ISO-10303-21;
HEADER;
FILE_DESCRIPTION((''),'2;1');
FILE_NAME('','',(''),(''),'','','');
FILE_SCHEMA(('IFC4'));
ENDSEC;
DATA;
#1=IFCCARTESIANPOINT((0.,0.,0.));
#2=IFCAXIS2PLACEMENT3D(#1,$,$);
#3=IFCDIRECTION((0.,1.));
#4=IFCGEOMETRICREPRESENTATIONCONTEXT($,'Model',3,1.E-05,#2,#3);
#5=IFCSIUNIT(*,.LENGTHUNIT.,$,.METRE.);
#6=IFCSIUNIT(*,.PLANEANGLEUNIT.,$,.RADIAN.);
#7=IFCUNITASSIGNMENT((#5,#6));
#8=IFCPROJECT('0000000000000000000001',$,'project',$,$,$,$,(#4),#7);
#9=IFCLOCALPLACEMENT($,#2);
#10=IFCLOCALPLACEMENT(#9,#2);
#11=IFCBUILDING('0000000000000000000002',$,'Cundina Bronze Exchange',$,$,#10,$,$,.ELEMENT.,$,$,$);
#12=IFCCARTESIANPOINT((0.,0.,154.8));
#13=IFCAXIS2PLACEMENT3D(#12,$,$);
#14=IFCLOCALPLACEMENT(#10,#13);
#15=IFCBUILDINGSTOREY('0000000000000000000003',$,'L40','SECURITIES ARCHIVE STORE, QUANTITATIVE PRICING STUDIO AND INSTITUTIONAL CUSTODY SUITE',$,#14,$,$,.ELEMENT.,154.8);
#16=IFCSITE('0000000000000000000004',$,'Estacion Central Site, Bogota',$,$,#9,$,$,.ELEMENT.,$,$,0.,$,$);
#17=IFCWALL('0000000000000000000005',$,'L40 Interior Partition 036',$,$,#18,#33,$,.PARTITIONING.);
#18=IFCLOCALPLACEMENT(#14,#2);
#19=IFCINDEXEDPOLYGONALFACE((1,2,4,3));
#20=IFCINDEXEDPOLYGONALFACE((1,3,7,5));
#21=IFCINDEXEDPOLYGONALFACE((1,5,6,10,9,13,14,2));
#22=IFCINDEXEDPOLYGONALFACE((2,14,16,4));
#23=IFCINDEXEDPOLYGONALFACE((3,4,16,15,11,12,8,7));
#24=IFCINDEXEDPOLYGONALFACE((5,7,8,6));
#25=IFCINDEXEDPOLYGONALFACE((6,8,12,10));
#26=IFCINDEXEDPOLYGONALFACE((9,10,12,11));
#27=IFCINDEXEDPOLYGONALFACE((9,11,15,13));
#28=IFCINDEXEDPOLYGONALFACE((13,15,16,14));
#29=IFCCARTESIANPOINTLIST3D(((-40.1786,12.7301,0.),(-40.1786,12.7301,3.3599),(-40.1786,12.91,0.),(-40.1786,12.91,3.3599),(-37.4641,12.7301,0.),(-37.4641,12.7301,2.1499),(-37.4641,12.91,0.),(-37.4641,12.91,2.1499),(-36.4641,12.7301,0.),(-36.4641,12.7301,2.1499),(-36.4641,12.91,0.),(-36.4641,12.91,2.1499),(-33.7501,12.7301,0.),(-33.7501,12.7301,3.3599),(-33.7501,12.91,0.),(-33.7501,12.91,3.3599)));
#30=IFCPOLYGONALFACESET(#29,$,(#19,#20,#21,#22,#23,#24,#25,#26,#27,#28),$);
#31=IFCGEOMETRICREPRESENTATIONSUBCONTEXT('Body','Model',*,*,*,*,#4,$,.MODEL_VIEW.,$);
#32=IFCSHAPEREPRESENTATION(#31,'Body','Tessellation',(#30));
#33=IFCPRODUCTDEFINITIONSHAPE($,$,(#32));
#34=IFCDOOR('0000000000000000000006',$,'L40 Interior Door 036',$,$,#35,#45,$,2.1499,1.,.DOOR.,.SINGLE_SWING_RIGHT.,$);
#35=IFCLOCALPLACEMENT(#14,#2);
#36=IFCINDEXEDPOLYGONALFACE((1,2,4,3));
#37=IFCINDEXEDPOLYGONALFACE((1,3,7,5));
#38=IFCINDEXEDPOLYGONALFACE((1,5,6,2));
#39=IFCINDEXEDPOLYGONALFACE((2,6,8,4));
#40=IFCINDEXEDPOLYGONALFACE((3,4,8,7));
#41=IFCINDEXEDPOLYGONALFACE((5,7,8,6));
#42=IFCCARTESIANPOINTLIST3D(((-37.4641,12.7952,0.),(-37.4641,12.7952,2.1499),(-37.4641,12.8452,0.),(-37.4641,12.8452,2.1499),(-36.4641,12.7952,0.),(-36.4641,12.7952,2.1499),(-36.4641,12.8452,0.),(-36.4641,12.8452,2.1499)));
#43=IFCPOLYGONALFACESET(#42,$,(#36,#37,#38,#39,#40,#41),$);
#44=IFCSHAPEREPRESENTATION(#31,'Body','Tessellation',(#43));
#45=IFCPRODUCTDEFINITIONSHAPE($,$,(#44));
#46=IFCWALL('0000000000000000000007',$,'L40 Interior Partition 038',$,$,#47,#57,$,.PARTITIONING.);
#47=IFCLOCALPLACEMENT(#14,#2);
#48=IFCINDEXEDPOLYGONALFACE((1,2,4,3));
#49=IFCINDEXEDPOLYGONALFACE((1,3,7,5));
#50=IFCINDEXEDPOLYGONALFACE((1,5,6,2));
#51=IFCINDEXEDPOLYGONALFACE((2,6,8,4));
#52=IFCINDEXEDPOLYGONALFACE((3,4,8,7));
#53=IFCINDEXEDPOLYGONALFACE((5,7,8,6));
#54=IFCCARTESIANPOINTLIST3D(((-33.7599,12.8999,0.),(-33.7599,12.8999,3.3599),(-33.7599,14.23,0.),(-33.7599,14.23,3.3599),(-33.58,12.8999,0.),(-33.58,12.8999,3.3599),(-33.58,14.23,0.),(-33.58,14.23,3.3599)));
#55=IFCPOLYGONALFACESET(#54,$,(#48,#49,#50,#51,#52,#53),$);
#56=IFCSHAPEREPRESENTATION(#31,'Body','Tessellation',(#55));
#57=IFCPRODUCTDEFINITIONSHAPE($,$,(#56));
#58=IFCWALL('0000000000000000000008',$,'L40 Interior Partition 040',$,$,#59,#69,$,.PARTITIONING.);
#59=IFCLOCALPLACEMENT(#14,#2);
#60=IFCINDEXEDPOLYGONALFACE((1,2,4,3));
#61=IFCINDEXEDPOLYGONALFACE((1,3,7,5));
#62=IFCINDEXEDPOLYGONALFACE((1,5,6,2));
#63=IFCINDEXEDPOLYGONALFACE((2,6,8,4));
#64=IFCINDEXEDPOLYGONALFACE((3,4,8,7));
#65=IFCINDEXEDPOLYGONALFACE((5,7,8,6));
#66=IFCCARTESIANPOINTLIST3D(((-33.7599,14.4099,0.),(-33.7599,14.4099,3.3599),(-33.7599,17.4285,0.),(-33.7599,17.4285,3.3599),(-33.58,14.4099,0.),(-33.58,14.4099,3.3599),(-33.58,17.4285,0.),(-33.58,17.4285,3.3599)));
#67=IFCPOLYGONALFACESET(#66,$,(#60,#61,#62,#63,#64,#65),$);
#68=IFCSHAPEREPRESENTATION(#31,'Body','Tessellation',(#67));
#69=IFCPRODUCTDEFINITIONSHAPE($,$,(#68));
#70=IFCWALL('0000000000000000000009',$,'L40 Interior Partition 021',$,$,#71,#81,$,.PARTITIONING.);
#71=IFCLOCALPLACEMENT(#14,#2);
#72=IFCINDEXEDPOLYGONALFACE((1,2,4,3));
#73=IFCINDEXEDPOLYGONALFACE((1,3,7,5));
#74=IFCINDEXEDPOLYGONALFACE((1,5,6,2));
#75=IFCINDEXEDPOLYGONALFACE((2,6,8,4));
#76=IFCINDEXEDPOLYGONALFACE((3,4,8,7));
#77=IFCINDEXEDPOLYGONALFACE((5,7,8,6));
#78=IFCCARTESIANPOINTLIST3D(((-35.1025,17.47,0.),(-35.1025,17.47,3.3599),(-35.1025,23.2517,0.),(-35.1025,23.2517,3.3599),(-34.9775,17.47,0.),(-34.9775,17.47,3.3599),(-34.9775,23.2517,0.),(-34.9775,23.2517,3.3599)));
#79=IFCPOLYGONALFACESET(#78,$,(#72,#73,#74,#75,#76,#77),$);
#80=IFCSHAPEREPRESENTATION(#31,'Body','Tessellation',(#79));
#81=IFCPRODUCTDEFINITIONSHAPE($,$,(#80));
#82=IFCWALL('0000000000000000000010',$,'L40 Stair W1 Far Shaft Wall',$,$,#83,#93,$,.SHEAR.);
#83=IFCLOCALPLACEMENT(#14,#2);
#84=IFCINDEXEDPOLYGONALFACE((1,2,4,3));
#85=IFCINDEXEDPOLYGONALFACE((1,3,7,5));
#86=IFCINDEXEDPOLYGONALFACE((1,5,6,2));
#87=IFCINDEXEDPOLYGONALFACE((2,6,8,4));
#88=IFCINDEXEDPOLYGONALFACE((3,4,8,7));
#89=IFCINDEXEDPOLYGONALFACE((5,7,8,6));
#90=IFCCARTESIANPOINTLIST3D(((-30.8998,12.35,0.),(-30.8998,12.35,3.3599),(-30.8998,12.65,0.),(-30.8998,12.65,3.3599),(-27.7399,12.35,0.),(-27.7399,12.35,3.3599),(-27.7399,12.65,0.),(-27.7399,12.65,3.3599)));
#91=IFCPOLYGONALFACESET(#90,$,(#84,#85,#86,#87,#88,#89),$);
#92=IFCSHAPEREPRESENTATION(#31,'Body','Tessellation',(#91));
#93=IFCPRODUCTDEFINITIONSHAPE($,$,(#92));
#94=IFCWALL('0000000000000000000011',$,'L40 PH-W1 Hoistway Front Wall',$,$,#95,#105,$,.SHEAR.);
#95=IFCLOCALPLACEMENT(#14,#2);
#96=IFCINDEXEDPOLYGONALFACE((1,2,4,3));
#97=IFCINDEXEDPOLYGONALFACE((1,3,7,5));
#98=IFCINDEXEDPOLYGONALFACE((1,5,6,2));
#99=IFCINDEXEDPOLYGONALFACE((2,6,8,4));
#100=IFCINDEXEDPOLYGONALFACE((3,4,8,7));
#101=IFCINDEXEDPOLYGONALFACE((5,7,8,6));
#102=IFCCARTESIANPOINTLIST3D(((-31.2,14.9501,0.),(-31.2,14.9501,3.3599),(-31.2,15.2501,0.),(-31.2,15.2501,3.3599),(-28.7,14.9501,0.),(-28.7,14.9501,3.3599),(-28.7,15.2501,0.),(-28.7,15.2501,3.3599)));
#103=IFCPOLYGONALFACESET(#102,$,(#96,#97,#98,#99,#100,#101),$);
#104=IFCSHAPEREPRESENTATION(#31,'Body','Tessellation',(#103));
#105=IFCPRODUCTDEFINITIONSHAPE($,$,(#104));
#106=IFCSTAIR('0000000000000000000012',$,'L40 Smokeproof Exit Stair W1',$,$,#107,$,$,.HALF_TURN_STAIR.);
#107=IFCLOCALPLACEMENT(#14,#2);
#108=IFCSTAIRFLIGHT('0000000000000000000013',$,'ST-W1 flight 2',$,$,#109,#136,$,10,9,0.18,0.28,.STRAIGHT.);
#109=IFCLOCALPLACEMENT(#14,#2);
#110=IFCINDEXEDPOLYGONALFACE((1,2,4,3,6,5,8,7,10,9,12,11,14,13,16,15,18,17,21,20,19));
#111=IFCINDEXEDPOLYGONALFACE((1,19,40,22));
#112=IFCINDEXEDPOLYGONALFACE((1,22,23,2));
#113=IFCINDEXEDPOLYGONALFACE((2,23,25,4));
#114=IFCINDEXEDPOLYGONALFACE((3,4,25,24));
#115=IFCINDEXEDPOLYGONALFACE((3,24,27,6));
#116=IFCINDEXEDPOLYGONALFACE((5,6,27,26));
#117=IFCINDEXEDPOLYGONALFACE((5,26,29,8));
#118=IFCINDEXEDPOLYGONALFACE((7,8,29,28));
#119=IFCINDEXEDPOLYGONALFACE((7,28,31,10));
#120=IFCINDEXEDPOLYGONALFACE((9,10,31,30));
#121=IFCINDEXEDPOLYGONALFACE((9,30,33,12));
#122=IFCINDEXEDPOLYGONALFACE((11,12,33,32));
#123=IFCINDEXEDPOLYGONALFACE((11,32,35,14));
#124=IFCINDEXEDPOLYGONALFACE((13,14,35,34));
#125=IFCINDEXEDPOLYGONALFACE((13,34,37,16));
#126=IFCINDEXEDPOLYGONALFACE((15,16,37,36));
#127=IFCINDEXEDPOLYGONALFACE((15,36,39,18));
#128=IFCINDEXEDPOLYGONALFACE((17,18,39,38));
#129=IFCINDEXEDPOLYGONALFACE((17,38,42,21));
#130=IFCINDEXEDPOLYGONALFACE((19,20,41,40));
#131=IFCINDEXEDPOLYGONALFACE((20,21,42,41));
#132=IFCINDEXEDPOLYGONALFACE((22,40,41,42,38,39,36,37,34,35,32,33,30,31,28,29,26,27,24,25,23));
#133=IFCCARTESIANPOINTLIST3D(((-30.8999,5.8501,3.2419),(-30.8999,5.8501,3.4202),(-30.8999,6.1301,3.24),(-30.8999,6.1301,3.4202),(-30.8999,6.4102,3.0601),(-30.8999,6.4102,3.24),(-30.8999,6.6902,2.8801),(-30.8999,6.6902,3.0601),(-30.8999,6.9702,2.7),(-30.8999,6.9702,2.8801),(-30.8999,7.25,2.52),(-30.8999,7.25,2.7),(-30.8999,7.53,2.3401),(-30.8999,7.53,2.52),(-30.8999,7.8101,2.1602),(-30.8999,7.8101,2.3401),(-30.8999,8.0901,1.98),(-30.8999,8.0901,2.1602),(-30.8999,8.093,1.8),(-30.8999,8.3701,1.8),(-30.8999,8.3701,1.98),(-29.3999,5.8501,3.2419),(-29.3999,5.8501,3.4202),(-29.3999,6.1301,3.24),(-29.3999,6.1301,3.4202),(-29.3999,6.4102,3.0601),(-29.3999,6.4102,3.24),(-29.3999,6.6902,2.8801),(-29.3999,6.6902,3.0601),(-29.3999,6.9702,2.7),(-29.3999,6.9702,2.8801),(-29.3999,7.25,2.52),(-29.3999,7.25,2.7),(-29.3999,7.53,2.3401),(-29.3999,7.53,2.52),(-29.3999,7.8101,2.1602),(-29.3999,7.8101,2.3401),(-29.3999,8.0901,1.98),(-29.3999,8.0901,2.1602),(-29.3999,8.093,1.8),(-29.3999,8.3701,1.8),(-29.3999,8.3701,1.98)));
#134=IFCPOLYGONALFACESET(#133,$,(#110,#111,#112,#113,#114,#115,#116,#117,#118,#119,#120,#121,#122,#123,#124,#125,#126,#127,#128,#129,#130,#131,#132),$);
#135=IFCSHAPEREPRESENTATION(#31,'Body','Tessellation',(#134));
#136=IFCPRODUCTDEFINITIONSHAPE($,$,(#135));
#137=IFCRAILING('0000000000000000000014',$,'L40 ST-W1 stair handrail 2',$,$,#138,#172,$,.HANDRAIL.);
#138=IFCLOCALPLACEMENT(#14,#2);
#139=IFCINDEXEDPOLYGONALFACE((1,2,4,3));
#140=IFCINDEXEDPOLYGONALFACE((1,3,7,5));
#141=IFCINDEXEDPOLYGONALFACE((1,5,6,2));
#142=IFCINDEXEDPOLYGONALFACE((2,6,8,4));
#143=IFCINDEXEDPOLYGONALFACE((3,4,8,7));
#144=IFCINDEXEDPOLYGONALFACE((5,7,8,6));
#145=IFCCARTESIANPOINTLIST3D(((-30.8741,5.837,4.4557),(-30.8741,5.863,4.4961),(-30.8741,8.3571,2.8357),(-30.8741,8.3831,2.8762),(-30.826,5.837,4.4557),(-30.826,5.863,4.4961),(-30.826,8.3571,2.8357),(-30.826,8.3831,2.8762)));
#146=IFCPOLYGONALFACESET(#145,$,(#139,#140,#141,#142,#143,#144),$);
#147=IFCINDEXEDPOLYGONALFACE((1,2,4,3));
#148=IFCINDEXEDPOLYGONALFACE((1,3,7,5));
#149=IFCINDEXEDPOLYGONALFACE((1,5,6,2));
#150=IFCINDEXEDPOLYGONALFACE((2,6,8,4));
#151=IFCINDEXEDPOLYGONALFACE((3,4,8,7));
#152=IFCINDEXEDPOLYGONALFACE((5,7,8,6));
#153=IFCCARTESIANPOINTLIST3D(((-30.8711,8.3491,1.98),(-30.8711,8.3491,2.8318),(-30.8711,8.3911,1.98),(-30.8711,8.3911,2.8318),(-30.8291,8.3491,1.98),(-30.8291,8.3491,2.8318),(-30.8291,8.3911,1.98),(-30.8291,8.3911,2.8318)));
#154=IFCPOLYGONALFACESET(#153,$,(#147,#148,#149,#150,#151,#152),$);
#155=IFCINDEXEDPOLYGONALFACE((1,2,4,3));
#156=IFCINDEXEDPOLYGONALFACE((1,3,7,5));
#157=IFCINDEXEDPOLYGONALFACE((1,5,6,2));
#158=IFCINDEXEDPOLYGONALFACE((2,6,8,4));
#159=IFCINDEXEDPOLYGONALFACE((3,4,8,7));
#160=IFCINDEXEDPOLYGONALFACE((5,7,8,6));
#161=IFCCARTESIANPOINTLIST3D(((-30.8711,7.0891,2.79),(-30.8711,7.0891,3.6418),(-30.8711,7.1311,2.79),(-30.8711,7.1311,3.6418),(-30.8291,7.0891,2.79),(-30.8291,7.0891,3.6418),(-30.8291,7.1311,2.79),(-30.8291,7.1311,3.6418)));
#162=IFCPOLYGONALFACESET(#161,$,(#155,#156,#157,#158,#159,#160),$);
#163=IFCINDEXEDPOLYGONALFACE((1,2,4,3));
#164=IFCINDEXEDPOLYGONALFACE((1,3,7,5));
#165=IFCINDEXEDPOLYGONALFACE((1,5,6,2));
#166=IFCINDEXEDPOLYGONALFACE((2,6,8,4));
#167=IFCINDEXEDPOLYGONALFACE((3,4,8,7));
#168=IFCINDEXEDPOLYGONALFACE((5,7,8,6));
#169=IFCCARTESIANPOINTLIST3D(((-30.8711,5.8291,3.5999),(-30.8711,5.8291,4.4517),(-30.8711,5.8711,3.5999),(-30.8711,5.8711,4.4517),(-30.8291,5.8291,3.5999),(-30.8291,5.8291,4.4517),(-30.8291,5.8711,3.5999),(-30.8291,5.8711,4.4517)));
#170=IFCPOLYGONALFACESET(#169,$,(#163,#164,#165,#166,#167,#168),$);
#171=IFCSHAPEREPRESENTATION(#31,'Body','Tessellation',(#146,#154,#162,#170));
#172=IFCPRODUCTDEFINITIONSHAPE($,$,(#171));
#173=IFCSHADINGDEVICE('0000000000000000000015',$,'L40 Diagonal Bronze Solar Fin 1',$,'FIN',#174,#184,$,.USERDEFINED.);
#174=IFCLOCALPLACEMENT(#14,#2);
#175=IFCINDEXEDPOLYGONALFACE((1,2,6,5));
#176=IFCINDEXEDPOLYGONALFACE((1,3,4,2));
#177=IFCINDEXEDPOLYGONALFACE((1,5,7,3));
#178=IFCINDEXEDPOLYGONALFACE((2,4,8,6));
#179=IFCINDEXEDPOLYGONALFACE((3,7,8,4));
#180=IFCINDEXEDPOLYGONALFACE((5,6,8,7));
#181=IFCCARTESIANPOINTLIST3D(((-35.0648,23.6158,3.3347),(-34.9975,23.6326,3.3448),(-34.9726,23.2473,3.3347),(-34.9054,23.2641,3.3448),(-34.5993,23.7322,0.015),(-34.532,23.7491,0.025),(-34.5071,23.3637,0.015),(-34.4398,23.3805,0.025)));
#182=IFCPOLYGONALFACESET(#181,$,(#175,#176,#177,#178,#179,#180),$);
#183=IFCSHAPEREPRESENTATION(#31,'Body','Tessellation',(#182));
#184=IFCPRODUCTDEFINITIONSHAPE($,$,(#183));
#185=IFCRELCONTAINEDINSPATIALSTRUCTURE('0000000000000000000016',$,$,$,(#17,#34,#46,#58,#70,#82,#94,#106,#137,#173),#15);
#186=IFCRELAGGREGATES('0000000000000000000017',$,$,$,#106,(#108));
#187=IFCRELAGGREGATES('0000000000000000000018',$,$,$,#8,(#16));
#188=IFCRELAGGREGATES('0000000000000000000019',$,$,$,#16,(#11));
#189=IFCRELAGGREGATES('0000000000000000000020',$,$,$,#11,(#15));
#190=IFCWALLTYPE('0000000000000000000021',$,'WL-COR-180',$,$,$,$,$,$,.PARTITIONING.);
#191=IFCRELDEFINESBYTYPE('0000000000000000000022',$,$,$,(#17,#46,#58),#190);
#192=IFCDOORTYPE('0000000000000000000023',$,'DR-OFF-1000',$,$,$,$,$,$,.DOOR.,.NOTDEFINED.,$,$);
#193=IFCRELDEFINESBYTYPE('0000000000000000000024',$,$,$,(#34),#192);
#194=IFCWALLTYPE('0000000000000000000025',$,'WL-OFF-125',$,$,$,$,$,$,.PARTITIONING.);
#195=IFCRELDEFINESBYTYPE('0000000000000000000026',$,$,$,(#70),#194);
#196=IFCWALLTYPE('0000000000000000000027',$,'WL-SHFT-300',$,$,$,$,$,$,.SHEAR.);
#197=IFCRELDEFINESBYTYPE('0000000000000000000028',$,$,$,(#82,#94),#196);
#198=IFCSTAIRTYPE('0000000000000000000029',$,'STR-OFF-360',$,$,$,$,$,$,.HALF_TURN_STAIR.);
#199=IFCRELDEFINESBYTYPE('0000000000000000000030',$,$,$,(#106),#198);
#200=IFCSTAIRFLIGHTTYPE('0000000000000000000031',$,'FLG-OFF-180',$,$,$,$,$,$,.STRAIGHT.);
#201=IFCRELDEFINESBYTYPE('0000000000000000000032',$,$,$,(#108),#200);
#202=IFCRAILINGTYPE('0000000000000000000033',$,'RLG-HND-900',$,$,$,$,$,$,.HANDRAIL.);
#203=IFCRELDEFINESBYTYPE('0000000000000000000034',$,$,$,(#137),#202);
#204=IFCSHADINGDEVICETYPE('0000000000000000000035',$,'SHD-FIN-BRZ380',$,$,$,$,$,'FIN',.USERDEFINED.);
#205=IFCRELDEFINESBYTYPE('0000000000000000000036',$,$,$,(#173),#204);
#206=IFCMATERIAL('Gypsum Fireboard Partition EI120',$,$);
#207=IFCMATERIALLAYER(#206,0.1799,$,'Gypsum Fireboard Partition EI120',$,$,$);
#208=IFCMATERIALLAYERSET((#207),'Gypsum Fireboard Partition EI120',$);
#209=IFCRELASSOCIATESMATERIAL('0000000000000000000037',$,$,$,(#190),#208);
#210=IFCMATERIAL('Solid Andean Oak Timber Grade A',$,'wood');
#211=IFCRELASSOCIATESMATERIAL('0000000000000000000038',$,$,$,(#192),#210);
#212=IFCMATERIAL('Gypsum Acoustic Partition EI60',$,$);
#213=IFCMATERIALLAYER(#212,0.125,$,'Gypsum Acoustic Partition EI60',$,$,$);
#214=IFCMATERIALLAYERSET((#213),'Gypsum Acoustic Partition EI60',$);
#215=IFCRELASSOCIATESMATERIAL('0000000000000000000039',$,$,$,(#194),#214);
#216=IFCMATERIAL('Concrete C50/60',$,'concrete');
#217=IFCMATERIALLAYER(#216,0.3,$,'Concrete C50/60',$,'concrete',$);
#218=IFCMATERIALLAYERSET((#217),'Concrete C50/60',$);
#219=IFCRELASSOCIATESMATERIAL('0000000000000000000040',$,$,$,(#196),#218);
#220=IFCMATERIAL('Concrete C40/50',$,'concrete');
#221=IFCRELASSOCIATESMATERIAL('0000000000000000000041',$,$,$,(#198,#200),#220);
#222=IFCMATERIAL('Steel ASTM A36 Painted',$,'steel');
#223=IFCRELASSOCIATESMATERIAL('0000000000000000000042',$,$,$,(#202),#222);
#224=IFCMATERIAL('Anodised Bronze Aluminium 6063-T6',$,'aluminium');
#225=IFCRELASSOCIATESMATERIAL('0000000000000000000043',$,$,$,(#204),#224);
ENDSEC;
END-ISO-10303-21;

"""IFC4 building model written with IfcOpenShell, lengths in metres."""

from ifc_helpers import new_model, si_unit, direction, frame, frame_2d, origin, origin_2d, place, context, subcontext, project, spatial, polyline, rectangle, outline, extrude, material, layer, layer_set, material_profile, profile_set, type_object, element, fill, aggregate, save


model = new_model("IFC4")

# Units and contexts
model_context = context("Model", 3, precision=1e-05, world=origin(), true_north=direction((0.0, 1.0)))
body_context = subcontext(model_context, "Body", "Model", "MODEL_VIEW")
ifc_project = project(units=[si_unit("LENGTHUNIT", "METRE"), si_unit("PLANEANGLEUNIT", "RADIAN")], contexts=[model_context])

# Site, building, storey
site_placement = place(None, origin())
site = spatial("IfcSite", under=ifc_project, at=site_placement, Name="Estacion Central Site, Bogota", CompositionType="ELEMENT", RefElevation=0.0)
building_placement = place(site_placement, origin())
building = spatial("IfcBuilding", under=site, at=building_placement, Name="Cundina Bronze Exchange", CompositionType="ELEMENT")
storey_placement = place(building_placement, frame((0.0, 0.0, 154.8)))
storey = spatial("IfcBuildingStorey", under=building, at=storey_placement, Name="L40", Description="SECURITIES ARCHIVE STORE, QUANTITATIVE PRICING STUDIO AND INSTITUTIONAL CUSTODY SUITE", CompositionType="ELEMENT", Elevation=154.8)

# Shared definitions
ifc_material_1 = material(Name="Concrete C50/60", Category="concrete")

# Shared definitions
ifc_material_2 = material(Name="Anodised Bronze Aluminium 6063-T6", Category="aluminium")

# Shared definitions
ifc_material_3 = material(Name="Gypsum Fireboard Partition EI120")
ifc_layer_1 = layer(ifc_material_3, 0.1799, Name="Gypsum Fireboard Partition EI120")
ifc_layer_set_1 = layer_set([ifc_layer_1], Name="Gypsum Fireboard Partition EI120")
wall_type_1 = type_object("IfcWallType", Name="WL-COR-180", PredefinedType="PARTITIONING", material=ifc_layer_set_1)
ifc_material_4 = material(Name="Solid Andean Oak Timber Grade A", Category="wood")
door_type_1 = type_object("IfcDoorType", Name="DR-OFF-1000", OperationType="NOTDEFINED", PredefinedType="DOOR", material=ifc_material_4)

# Wall, opening, door
wall_1_placement = place(storey_placement, frame((-33.75, 12.8201, 0.0), z_axis=(0.0, 0.0, 1.0), x_axis=(-1.0, 0.0, 0.0)))
wall_1 = element("IfcWall", 1, at=wall_1_placement, inside=storey, type_object=wall_type_1, Name="L40 Interior Partition 036", PredefinedType="PARTITIONING", context=body_context, shape_type="SweptSolid", body=[
    extrude(rectangle(XDim=6.4285, YDim=0.1799, at=frame_2d((3.2144, 0.0))), origin(), (0.0, 0.0, 1.0), 3.3599),
])
opening_1_placement = place(wall_1_placement, frame((2.7141, 0.0, 0.0)))
opening_1 = element("IfcOpeningElement", 2, at=opening_1_placement, cuts=wall_1, PredefinedType="OPENING", context=body_context, shape_type="SweptSolid", body=[
    extrude(rectangle(XDim=1.0, YDim=2.1499, at=frame_2d((0.5, 1.075))), frame((0.0, 0.0999, 0.0), z_axis=(0.0, -1.0, 0.0), x_axis=(1.0, 0.0, 0.0)), (0.0, 0.0, 1.0), 0.2),
])
door_1_placement = place(opening_1_placement, origin())
door_1 = element("IfcDoor", 3, at=door_1_placement, inside=storey, type_object=door_type_1, Name="L40 Interior Door 036", OperationType="SINGLE_SWING_RIGHT", OverallHeight=2.1499, OverallWidth=1.0, PredefinedType="DOOR", context=body_context, shape_type="SweptSolid", body=[
    extrude(rectangle(XDim=1.0, YDim=2.1499, at=frame_2d((0.5, 1.075))), frame((0.0, 0.0249, 0.0), z_axis=(0.0, -1.0, 0.0), x_axis=(1.0, 0.0, 0.0)), (0.0, 0.0, 1.0), 0.05),
])
fill(opening_1, door_1)

# Walls
wall_2_placement = place(storey_placement, frame((-33.6699, 14.23, 0.0), z_axis=(0.0, 0.0, 1.0), x_axis=(0.0, -1.0, 0.0)))
element("IfcWall", 4, at=wall_2_placement, inside=storey, type_object=wall_type_1, Name="L40 Interior Partition 038", PredefinedType="PARTITIONING", context=body_context, shape_type="SweptSolid", body=[
    extrude(rectangle(XDim=1.3301, YDim=0.1799, at=frame_2d((0.665, 0.0))), origin(), (0.0, 0.0, 1.0), 3.3599),
])
wall_3_placement = place(storey_placement, frame((-33.6699, 17.4285, 0.0), z_axis=(0.0, 0.0, 1.0), x_axis=(0.0, -1.0, 0.0)))
element("IfcWall", 5, at=wall_3_placement, inside=storey, type_object=wall_type_1, Name="L40 Interior Partition 040", PredefinedType="PARTITIONING", context=body_context, shape_type="SweptSolid", body=[
    extrude(rectangle(XDim=3.0186, YDim=0.1799, at=frame_2d((1.5093, 0.0))), origin(), (0.0, 0.0, 1.0), 3.3599),
])
ifc_material_5 = material(Name="Gypsum Acoustic Partition EI60")
ifc_layer_2 = layer(ifc_material_5, 0.125, Name="Gypsum Acoustic Partition EI60")
ifc_layer_set_2 = layer_set([ifc_layer_2], Name="Gypsum Acoustic Partition EI60")
wall_type_2 = type_object("IfcWallType", Name="WL-OFF-125", PredefinedType="PARTITIONING", material=ifc_layer_set_2)
wall_4_placement = place(storey_placement, frame((-35.04, 17.47, 0.0), z_axis=(0.0, 0.0, 1.0), x_axis=(0.0, 1.0, 0.0)))
element("IfcWall", 6, at=wall_4_placement, inside=storey, type_object=wall_type_2, Name="L40 Interior Partition 021", PredefinedType="PARTITIONING", context=body_context, shape_type="SweptSolid", body=[
    extrude(rectangle(XDim=5.7817, YDim=0.125, at=frame_2d((2.8909, 0.0))), origin(), (0.0, 0.0, 1.0), 3.3599),
])

# Shared definitions
ifc_layer_3 = layer(ifc_material_1, 0.3, Name="Concrete C50/60", Category="concrete")
ifc_layer_set_3 = layer_set([ifc_layer_3], Name="Concrete C50/60")
wall_type_3 = type_object("IfcWallType", Name="WL-SHFT-300", PredefinedType="SHEAR", material=ifc_layer_set_3)
ifc_material_6 = material(Name="Steel ASTM A36 Painted", Category="steel")

# Walls
wall_5_placement = place(storey_placement, frame((-30.8999, 12.5, 0.0), z_axis=(0.0, 0.0, 1.0), x_axis=(1.0, 0.0, 0.0)))
element("IfcWall", 7, at=wall_5_placement, inside=storey, type_object=wall_type_3, Name="L40 Stair W1 Far Shaft Wall", PredefinedType="SHEAR", context=body_context, shape_type="SweptSolid", body=[
    extrude(rectangle(XDim=3.1599, YDim=0.3, at=frame_2d((1.5801, 0.0))), origin(), (0.0, 0.0, 1.0), 3.3599),
])
wall_6_placement = place(storey_placement, frame((-31.2, 15.1001, 0.0), z_axis=(0.0, 0.0, 1.0), x_axis=(1.0, 0.0, 0.0)))
element("IfcWall", 8, at=wall_6_placement, inside=storey, type_object=wall_type_3, Name="L40 PH-W1 Hoistway Front Wall", PredefinedType="SHEAR", context=body_context, shape_type="SweptSolid", body=[
    extrude(rectangle(XDim=2.5, YDim=0.3, at=frame_2d((1.25, 0.0))), origin(), (0.0, 0.0, 1.0), 3.3599),
])

# Stair, stair flight
ifc_material_7 = material(Name="Concrete C40/50", Category="concrete")
stair_type = type_object("IfcStairType", Name="STR-OFF-360", PredefinedType="HALF_TURN_STAIR", material=ifc_material_7)
stair_placement = place(storey_placement, origin())
stair = element("IfcStair", 9, at=stair_placement, inside=storey, type_object=stair_type, Name="L40 Smokeproof Exit Stair W1", PredefinedType="HALF_TURN_STAIR")
stair_flight_type = type_object("IfcStairFlightType", Name="FLG-OFF-180", PredefinedType="STRAIGHT", material=ifc_material_7)
stair_flight_placement = place(storey_placement, frame((-30.1499, 8.3701, 1.8), z_axis=(0.0, 0.0, 1.0), x_axis=(0.0, -1.0, 0.0)))
stair_flight = element("IfcStairFlight", 10, at=stair_flight_placement, type_object=stair_flight_type, Name="ST-W1 flight 2", NumberOfRisers=10, NumberOfTreads=9, PredefinedType="STRAIGHT", RiserHeight=0.18, TreadLength=0.28, context=body_context, shape_type="SweptSolid", body=[
    extrude(outline(polyline([(0.0, 0.0), (0.0, 0.1799), (0.28, 0.1799), (0.28, 0.3601), (0.5601, 0.3601), (0.5601, 0.54), (0.8401, 0.54), (0.8401, 0.72), (1.1201, 0.72), (1.1201, 0.8999), (1.3999, 0.8999), (1.3999, 1.0801), (1.6799, 1.0801), (1.6799, 1.26), (1.96, 1.26), (1.96, 1.4399), (2.24, 1.4399), (2.24, 1.6201), (2.52, 1.6201), (2.52, 1.8), (2.52, 1.4419), (0.2771, 0.0), (0.0, 0.0)])), frame((0.0, 0.75, 0.0), z_axis=(0.0, -1.0, 0.0), x_axis=(1.0, 0.0, 0.0)), (0.0, 0.0, 1.0), 1.5),
])
aggregate(stair, [stair_flight])

# Railing
railing_type = type_object("IfcRailingType", Name="RLG-HND-900", PredefinedType="HANDRAIL", material=ifc_material_6)
railing_placement = place(storey_placement, frame((-30.8501, 8.3701, 1.98)))
element("IfcRailing", 11, at=railing_placement, inside=storey, type_object=railing_type, Name="L40 ST-W1 stair handrail 2", PredefinedType="HANDRAIL", context=body_context, shape_type="SweptSolid", body=[
    extrude(rectangle(XDim=0.0481, YDim=0.0481, at=origin_2d()), frame((0.0, 0.0, 0.876), z_axis=(0.0, -0.8412, 0.540725), x_axis=(1.0, 0.0, 0.0)), (0.0, 0.0, 1.0), 2.9958),
    extrude(rectangle(XDim=0.042, YDim=0.042, at=origin_2d()), origin(), (0.0, 0.0, 1.0), 0.8518),
    extrude(rectangle(XDim=0.042, YDim=0.042, at=origin_2d()), frame((0.0, -1.26, 0.8101)), (0.0, 0.0, 1.0), 0.8518),
    extrude(rectangle(XDim=0.042, YDim=0.042, at=origin_2d()), frame((0.0, -2.52, 1.6199)), (0.0, 0.0, 1.0), 0.8518),
])

# Shading device
ifc_material_profile_1 = material_profile(ifc_material_2, rectangle(XDim=0.0701, YDim=0.3799, at=origin_2d()), Name="FIN70X380", Category="aluminium")
ifc_profile_set_1 = profile_set([ifc_material_profile_1], Name="Anodised Bronze Aluminium 6063-T6")
shading_device_type = type_object("IfcShadingDeviceType", Name="SHD-FIN-BRZ380", ElementType="FIN", PredefinedType="USERDEFINED", material=ifc_profile_set_1)
shading_device_placement = place(storey_placement, frame((-34.5195, 23.5564, 0.02), z_axis=(-0.138798, -0.034718, 0.989712), x_axis=(0.960132, 0.240159, 0.143075)))
element("IfcShadingDevice", 12, at=shading_device_placement, inside=storey, type_object=shading_device_type, Name="L40 Diagonal Bronze Solar Fin 1", ObjectType="FIN", PredefinedType="USERDEFINED", context=body_context, shape_type="SweptSolid", body=[
    extrude(rectangle(XDim=0.0701, YDim=0.3799, at=origin_2d()), origin(), (0.0, 0.0, 1.0), 3.3542),
])

save(model, "model.ifc")
